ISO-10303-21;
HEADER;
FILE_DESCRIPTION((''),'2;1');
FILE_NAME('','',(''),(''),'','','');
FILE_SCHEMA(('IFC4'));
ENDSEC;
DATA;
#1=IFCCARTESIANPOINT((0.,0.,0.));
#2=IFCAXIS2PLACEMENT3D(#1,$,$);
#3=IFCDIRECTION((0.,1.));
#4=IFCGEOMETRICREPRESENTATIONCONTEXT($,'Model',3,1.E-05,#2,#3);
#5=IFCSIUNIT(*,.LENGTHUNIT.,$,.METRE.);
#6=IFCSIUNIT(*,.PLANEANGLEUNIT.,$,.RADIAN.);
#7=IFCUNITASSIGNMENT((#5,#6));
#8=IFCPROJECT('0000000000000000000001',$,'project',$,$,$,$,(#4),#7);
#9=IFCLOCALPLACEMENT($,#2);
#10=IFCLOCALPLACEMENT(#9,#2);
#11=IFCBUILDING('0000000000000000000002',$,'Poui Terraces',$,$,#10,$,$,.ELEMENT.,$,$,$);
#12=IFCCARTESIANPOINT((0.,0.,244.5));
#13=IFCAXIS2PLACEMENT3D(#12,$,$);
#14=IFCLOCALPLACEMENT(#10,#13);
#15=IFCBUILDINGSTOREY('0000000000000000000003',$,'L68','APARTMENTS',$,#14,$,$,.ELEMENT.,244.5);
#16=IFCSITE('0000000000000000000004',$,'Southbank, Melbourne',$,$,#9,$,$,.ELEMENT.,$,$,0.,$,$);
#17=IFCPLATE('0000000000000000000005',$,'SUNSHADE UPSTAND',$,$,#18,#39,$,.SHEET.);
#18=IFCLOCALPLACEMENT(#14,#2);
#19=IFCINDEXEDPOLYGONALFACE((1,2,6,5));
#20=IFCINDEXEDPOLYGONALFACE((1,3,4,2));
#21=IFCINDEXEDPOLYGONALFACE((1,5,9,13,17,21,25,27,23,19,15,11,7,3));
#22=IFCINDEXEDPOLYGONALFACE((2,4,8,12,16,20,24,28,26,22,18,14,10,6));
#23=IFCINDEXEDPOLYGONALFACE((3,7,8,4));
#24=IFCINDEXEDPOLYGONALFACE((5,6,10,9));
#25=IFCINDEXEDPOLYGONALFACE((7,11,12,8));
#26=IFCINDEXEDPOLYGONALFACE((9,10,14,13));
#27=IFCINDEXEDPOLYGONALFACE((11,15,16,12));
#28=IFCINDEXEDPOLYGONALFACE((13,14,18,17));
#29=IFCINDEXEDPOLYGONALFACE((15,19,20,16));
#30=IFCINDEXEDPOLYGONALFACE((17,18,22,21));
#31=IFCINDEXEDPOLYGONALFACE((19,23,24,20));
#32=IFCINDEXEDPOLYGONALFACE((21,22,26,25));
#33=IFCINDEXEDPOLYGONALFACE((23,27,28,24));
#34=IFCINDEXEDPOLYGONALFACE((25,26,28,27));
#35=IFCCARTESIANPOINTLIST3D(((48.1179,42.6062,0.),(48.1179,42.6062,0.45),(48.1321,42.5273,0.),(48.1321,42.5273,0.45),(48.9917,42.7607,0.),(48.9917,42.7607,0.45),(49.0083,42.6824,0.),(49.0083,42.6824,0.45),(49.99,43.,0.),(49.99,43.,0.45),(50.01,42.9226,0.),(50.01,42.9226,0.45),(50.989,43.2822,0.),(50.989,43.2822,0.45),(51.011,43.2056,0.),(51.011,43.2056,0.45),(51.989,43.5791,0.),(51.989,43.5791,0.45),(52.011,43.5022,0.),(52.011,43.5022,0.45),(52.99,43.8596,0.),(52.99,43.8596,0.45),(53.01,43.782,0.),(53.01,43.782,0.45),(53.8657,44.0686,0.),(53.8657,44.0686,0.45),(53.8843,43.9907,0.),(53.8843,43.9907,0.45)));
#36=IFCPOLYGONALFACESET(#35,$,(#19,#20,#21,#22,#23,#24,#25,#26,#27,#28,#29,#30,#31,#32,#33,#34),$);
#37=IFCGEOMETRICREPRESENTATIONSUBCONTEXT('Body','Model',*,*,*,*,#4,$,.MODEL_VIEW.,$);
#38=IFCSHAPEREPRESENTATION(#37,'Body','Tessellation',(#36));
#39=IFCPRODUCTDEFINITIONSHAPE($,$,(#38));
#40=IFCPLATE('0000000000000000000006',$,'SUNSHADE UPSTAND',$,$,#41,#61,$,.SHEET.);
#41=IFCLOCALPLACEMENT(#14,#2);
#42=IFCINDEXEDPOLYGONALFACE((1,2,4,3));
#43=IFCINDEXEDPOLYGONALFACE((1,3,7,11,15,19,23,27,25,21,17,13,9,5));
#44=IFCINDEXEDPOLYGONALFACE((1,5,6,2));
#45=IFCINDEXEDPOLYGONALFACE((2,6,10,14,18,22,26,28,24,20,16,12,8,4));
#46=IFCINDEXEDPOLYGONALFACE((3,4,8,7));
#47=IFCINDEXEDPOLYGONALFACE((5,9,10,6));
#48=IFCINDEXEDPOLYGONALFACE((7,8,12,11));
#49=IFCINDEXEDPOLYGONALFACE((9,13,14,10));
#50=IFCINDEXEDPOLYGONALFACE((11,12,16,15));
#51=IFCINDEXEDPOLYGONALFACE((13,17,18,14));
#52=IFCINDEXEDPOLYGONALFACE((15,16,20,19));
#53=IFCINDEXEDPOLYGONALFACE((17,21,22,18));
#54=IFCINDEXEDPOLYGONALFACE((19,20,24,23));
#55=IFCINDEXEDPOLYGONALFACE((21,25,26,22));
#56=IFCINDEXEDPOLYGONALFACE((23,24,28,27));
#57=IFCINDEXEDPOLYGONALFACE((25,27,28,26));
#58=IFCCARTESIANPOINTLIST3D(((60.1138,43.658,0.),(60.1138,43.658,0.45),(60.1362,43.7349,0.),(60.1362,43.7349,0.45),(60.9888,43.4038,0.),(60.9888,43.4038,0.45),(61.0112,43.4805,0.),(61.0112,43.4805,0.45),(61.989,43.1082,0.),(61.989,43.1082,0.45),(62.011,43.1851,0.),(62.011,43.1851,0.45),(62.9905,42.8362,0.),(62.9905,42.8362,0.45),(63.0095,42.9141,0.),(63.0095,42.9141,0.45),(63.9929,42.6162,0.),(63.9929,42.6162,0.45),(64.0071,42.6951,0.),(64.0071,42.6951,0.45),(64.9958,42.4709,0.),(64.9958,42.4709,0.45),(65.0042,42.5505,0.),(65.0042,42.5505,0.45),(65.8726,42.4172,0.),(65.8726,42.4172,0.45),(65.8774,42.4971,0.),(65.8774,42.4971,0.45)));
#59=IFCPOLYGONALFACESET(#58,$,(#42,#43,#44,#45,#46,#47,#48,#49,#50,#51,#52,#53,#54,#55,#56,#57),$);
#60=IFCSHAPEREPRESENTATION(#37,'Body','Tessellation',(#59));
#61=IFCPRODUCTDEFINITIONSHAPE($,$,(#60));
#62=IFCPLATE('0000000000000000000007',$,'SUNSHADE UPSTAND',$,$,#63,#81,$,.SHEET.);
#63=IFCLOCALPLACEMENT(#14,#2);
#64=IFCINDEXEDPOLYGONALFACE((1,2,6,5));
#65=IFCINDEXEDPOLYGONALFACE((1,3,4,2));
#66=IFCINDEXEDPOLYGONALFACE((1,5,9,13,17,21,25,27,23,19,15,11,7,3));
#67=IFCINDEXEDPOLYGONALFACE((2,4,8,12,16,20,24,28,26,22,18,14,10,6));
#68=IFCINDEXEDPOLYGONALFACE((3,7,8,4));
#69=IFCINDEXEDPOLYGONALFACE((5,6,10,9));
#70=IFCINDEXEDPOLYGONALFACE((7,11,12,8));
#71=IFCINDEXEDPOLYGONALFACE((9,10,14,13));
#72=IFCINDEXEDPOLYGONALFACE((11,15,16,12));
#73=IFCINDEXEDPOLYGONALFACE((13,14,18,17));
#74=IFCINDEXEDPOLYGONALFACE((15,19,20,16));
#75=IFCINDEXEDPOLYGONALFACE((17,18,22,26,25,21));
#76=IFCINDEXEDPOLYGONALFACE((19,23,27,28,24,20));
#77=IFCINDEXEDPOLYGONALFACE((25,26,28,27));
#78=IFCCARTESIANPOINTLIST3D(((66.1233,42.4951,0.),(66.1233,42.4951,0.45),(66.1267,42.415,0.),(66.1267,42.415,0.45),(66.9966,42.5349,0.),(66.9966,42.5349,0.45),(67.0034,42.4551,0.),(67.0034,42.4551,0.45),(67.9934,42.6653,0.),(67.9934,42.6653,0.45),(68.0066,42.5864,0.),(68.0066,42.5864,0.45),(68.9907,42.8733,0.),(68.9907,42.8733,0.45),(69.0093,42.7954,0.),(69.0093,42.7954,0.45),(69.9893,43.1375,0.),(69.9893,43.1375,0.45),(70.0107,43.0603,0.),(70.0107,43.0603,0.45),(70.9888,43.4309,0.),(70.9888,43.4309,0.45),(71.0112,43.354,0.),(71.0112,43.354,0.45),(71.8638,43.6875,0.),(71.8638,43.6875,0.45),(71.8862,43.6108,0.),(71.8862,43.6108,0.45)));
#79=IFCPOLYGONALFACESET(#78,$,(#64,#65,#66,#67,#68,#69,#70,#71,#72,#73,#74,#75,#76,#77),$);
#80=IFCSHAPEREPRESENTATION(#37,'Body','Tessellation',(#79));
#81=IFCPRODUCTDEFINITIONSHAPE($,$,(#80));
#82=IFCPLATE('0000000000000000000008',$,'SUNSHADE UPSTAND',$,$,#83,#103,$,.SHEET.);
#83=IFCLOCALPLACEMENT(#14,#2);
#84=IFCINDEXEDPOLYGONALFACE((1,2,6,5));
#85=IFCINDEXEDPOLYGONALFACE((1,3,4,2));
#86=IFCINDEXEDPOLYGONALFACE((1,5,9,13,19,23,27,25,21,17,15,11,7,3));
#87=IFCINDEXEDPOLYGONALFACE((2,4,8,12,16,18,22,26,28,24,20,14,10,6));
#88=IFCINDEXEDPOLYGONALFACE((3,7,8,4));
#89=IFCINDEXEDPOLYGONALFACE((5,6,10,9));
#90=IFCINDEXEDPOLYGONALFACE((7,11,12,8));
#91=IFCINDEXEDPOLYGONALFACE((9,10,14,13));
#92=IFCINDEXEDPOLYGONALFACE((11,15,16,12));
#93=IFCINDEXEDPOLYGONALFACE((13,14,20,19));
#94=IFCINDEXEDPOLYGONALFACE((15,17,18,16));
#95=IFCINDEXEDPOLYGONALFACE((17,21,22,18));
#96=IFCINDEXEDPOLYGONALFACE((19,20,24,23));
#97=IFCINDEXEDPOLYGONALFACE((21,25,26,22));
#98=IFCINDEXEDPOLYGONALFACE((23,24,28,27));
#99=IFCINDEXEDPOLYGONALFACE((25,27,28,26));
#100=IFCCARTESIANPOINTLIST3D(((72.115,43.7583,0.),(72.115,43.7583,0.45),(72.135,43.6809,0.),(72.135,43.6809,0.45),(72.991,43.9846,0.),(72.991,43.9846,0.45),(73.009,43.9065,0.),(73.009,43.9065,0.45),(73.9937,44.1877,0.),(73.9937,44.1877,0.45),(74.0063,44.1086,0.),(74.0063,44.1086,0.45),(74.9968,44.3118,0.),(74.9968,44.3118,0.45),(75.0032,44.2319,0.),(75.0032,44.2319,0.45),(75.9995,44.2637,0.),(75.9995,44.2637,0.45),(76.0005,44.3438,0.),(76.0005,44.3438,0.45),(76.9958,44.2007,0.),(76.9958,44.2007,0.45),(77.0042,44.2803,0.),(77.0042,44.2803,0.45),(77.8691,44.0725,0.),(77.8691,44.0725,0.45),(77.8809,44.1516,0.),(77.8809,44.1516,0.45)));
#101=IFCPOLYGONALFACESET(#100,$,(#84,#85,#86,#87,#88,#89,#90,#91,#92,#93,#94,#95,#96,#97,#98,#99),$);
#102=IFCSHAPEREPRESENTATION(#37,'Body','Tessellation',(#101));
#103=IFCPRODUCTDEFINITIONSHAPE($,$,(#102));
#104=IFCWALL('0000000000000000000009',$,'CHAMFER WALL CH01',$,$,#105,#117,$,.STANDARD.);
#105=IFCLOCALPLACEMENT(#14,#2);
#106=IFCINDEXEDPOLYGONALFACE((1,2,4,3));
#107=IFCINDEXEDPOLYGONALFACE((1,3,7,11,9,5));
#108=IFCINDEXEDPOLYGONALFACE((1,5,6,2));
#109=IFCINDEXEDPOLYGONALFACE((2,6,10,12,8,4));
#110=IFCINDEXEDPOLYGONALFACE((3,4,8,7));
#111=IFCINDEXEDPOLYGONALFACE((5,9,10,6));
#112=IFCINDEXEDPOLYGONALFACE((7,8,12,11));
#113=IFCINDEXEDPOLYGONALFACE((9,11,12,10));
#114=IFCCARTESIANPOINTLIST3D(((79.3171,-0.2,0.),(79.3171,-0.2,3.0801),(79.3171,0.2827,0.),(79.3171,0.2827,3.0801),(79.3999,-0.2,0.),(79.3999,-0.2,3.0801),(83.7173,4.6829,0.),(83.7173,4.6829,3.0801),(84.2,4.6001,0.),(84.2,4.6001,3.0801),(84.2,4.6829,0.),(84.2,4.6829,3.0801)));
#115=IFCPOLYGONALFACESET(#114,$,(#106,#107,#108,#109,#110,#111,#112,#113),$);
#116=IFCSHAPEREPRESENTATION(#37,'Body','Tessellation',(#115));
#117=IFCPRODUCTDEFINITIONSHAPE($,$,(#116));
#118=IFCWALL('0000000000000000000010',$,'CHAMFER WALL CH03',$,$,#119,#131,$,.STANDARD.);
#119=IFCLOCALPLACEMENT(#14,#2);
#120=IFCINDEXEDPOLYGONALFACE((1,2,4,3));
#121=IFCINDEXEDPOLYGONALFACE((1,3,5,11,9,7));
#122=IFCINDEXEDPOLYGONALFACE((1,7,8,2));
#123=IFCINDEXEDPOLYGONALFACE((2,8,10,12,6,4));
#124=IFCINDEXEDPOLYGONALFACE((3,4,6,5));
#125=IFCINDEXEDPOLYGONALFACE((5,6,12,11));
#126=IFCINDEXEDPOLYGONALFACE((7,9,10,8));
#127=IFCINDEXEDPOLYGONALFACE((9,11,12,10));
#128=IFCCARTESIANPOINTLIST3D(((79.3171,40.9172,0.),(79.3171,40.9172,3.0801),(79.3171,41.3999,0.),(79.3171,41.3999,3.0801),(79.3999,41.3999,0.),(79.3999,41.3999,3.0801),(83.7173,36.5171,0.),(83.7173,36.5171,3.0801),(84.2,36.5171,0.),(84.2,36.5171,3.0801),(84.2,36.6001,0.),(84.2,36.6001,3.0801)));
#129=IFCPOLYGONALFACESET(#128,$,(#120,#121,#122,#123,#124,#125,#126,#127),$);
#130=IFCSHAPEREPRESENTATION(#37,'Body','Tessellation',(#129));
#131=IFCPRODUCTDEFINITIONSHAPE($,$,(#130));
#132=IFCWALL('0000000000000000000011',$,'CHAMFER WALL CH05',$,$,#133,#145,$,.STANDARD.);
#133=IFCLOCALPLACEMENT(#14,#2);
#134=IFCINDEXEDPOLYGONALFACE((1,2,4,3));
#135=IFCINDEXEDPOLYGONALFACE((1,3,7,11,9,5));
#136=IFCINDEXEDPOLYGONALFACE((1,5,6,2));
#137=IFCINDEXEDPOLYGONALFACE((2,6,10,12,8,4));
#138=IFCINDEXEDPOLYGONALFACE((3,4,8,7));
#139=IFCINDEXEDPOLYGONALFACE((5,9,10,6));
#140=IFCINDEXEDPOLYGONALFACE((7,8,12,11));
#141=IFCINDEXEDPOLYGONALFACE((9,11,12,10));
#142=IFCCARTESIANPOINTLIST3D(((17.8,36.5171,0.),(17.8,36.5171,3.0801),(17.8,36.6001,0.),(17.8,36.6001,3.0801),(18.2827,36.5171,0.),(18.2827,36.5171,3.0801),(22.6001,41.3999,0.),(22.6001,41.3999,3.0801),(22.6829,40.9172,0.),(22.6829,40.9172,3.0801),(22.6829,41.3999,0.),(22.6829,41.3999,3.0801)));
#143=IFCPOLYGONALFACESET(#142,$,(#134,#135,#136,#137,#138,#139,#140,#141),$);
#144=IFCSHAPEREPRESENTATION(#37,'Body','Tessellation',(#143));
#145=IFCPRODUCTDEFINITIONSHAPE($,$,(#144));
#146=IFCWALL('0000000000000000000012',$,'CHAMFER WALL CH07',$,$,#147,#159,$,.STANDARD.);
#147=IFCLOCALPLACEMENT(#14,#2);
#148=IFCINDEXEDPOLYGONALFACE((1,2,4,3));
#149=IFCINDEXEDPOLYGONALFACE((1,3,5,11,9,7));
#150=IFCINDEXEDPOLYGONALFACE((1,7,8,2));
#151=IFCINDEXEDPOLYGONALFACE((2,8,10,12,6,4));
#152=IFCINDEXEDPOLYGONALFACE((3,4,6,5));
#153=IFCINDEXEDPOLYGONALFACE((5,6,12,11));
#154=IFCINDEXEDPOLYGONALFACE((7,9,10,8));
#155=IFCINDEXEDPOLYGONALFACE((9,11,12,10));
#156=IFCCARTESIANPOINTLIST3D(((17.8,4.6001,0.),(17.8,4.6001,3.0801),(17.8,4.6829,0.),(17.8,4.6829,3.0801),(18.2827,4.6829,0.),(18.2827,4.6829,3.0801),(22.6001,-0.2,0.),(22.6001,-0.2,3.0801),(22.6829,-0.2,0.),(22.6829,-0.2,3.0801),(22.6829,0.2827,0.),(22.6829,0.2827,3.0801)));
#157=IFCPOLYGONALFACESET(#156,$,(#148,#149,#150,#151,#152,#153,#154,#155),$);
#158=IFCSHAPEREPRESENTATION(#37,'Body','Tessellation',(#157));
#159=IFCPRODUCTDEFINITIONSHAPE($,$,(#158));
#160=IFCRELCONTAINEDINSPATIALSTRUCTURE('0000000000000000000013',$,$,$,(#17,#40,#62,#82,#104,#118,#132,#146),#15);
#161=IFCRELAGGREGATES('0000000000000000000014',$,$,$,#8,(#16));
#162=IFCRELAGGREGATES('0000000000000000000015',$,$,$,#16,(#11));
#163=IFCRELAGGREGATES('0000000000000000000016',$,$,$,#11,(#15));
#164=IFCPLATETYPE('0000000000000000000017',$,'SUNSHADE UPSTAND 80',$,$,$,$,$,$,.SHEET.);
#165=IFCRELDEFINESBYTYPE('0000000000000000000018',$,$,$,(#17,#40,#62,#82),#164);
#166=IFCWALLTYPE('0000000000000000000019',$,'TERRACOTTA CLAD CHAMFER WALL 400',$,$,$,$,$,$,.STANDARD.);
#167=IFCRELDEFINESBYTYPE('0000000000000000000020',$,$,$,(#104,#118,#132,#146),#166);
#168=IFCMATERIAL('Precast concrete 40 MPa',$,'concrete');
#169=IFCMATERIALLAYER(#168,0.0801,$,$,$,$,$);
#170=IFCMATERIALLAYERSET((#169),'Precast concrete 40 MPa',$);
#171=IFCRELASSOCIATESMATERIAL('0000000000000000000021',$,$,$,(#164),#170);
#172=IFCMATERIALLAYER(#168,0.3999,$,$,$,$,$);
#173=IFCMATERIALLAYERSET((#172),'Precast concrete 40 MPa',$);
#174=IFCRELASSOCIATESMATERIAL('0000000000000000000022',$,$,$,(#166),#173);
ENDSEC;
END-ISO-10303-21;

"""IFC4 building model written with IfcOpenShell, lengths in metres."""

from ifc_helpers import new_model, si_unit, direction, frame, origin, place, context, subcontext, project, spatial, polyline, outline, extrude, material, layer, layer_set, type_object, element, save


model = new_model("IFC4")

# Units and contexts
model_context = context("Model", 3, precision=1e-05, world=origin(), true_north=direction((0.0, 1.0)))
body_context = subcontext(model_context, "Body", "Model", "MODEL_VIEW")
ifc_project = project(units=[si_unit("LENGTHUNIT", "METRE"), si_unit("PLANEANGLEUNIT", "RADIAN")], contexts=[model_context])

# Site, building, storey
site_placement = place(None, origin())
site = spatial("IfcSite", under=ifc_project, at=site_placement, Name="Southbank, Melbourne", CompositionType="ELEMENT", RefElevation=0.0)
building_placement = place(site_placement, origin())
building = spatial("IfcBuilding", under=site, at=building_placement, Name="Poui Terraces", CompositionType="ELEMENT")
storey_placement = place(building_placement, frame((0.0, 0.0, 244.5)))
storey = spatial("IfcBuildingStorey", under=building, at=storey_placement, Name="L68", Description="APARTMENTS", CompositionType="ELEMENT", Elevation=244.5)

# Shared definitions
ifc_material_1 = material(Name="Precast concrete 40 MPa", Category="concrete")

# Plates
ifc_layer_1 = layer(ifc_material_1, 0.0801)
ifc_layer_set_1 = layer_set([ifc_layer_1], Name="Precast concrete 40 MPa")
plate_type = type_object("IfcPlateType", Name="SUNSHADE UPSTAND 80", PredefinedType="SHEET", material=ifc_layer_set_1)
plate_1_placement = place(storey_placement, origin())
element("IfcPlate", 1, at=plate_1_placement, inside=storey, type_object=plate_type, Name="SUNSHADE UPSTAND", PredefinedType="SHEET", context=body_context, shape_type="SweptSolid", body=[
    extrude(outline(polyline([(48.9917, 42.7607), (48.1179, 42.6062), (48.1321, 42.5273), (49.0083, 42.6824), (50.01, 42.9226), (51.011, 43.2056), (52.011, 43.5022), (53.01, 43.782), (53.8843, 43.9907), (53.8657, 44.0686), (52.99, 43.8596), (51.989, 43.5791), (50.989, 43.2822), (49.99, 43.0), (48.9917, 42.7607)])), origin(), (0.0, 0.0, 1.0), 0.45),
])
plate_2_placement = place(storey_placement, origin())
element("IfcPlate", 2, at=plate_2_placement, inside=storey, type_object=plate_type, Name="SUNSHADE UPSTAND", PredefinedType="SHEET", context=body_context, shape_type="SweptSolid", body=[
    extrude(outline(polyline([(61.0112, 43.4805), (60.1362, 43.7349), (60.1138, 43.658), (60.9888, 43.4038), (61.989, 43.1082), (62.9905, 42.8362), (63.9929, 42.6162), (64.9958, 42.4709), (65.8726, 42.4172), (65.8774, 42.4971), (65.0042, 42.5505), (64.0071, 42.6951), (63.0095, 42.9141), (62.011, 43.1851), (61.0112, 43.4805)])), origin(), (0.0, 0.0, 1.0), 0.45),
])
plate_3_placement = place(storey_placement, origin())
element("IfcPlate", 3, at=plate_3_placement, inside=storey, type_object=plate_type, Name="SUNSHADE UPSTAND", PredefinedType="SHEET", context=body_context, shape_type="SweptSolid", body=[
    extrude(outline(polyline([(66.9966, 42.5349), (66.1233, 42.4951), (66.1267, 42.415), (67.0034, 42.4551), (68.0066, 42.5864), (69.0093, 42.7954), (70.0107, 43.0603), (71.0112, 43.354), (71.8862, 43.6108), (71.8638, 43.6875), (70.9888, 43.4309), (69.9893, 43.1375), (68.9907, 42.8733), (67.9934, 42.6653), (66.9966, 42.5349)])), origin(), (0.0, 0.0, 1.0), 0.45),
])
plate_4_placement = place(storey_placement, origin())
element("IfcPlate", 4, at=plate_4_placement, inside=storey, type_object=plate_type, Name="SUNSHADE UPSTAND", PredefinedType="SHEET", context=body_context, shape_type="SweptSolid", body=[
    extrude(outline(polyline([(72.991, 43.9846), (72.115, 43.7583), (72.135, 43.6809), (73.009, 43.9065), (74.0063, 44.1086), (75.0032, 44.2319), (75.9995, 44.2637), (76.9958, 44.2007), (77.8691, 44.0725), (77.8809, 44.1516), (77.0042, 44.2803), (76.0005, 44.3438), (74.9968, 44.3118), (73.9937, 44.1877), (72.991, 43.9846)])), origin(), (0.0, 0.0, 1.0), 0.45),
])

# Walls
ifc_layer_2 = layer(ifc_material_1, 0.3999)
ifc_layer_set_2 = layer_set([ifc_layer_2], Name="Precast concrete 40 MPa")
wall_type = type_object("IfcWallType", Name="TERRACOTTA CLAD CHAMFER WALL 400", PredefinedType="STANDARD", material=ifc_layer_set_2)
wall_1_placement = place(storey_placement, origin())
element("IfcWall", 5, at=wall_1_placement, inside=storey, type_object=wall_type, Name="CHAMFER WALL CH01", PredefinedType="STANDARD", context=body_context, shape_type="SweptSolid", body=[
    extrude(outline(polyline([(79.3171, -0.2), (79.3999, -0.2), (84.2, 4.6001), (84.2, 4.6829), (83.7173, 4.6829), (79.3171, 0.2827), (79.3171, -0.2)])), origin(), (0.0, 0.0, 1.0), 3.0801),
])
wall_2_placement = place(storey_placement, origin())
element("IfcWall", 6, at=wall_2_placement, inside=storey, type_object=wall_type, Name="CHAMFER WALL CH03", PredefinedType="STANDARD", context=body_context, shape_type="SweptSolid", body=[
    extrude(outline(polyline([(84.2, 36.5171), (84.2, 36.6001), (79.3999, 41.3999), (79.3171, 41.3999), (79.3171, 40.9172), (83.7173, 36.5171), (84.2, 36.5171)])), origin(), (0.0, 0.0, 1.0), 3.0801),
])
wall_3_placement = place(storey_placement, origin())
element("IfcWall", 7, at=wall_3_placement, inside=storey, type_object=wall_type, Name="CHAMFER WALL CH05", PredefinedType="STANDARD", context=body_context, shape_type="SweptSolid", body=[
    extrude(outline(polyline([(22.6829, 41.3999), (22.6001, 41.3999), (17.8, 36.6001), (17.8, 36.5171), (18.2827, 36.5171), (22.6829, 40.9172), (22.6829, 41.3999)])), origin(), (0.0, 0.0, 1.0), 3.0801),
])
wall_4_placement = place(storey_placement, origin())
element("IfcWall", 8, at=wall_4_placement, inside=storey, type_object=wall_type, Name="CHAMFER WALL CH07", PredefinedType="STANDARD", context=body_context, shape_type="SweptSolid", body=[
    extrude(outline(polyline([(17.8, 4.6829), (17.8, 4.6001), (22.6001, -0.2), (22.6829, -0.2), (22.6829, 0.2827), (18.2827, 4.6829), (17.8, 4.6829)])), origin(), (0.0, 0.0, 1.0), 3.0801),
])

save(model, "model.ifc")
